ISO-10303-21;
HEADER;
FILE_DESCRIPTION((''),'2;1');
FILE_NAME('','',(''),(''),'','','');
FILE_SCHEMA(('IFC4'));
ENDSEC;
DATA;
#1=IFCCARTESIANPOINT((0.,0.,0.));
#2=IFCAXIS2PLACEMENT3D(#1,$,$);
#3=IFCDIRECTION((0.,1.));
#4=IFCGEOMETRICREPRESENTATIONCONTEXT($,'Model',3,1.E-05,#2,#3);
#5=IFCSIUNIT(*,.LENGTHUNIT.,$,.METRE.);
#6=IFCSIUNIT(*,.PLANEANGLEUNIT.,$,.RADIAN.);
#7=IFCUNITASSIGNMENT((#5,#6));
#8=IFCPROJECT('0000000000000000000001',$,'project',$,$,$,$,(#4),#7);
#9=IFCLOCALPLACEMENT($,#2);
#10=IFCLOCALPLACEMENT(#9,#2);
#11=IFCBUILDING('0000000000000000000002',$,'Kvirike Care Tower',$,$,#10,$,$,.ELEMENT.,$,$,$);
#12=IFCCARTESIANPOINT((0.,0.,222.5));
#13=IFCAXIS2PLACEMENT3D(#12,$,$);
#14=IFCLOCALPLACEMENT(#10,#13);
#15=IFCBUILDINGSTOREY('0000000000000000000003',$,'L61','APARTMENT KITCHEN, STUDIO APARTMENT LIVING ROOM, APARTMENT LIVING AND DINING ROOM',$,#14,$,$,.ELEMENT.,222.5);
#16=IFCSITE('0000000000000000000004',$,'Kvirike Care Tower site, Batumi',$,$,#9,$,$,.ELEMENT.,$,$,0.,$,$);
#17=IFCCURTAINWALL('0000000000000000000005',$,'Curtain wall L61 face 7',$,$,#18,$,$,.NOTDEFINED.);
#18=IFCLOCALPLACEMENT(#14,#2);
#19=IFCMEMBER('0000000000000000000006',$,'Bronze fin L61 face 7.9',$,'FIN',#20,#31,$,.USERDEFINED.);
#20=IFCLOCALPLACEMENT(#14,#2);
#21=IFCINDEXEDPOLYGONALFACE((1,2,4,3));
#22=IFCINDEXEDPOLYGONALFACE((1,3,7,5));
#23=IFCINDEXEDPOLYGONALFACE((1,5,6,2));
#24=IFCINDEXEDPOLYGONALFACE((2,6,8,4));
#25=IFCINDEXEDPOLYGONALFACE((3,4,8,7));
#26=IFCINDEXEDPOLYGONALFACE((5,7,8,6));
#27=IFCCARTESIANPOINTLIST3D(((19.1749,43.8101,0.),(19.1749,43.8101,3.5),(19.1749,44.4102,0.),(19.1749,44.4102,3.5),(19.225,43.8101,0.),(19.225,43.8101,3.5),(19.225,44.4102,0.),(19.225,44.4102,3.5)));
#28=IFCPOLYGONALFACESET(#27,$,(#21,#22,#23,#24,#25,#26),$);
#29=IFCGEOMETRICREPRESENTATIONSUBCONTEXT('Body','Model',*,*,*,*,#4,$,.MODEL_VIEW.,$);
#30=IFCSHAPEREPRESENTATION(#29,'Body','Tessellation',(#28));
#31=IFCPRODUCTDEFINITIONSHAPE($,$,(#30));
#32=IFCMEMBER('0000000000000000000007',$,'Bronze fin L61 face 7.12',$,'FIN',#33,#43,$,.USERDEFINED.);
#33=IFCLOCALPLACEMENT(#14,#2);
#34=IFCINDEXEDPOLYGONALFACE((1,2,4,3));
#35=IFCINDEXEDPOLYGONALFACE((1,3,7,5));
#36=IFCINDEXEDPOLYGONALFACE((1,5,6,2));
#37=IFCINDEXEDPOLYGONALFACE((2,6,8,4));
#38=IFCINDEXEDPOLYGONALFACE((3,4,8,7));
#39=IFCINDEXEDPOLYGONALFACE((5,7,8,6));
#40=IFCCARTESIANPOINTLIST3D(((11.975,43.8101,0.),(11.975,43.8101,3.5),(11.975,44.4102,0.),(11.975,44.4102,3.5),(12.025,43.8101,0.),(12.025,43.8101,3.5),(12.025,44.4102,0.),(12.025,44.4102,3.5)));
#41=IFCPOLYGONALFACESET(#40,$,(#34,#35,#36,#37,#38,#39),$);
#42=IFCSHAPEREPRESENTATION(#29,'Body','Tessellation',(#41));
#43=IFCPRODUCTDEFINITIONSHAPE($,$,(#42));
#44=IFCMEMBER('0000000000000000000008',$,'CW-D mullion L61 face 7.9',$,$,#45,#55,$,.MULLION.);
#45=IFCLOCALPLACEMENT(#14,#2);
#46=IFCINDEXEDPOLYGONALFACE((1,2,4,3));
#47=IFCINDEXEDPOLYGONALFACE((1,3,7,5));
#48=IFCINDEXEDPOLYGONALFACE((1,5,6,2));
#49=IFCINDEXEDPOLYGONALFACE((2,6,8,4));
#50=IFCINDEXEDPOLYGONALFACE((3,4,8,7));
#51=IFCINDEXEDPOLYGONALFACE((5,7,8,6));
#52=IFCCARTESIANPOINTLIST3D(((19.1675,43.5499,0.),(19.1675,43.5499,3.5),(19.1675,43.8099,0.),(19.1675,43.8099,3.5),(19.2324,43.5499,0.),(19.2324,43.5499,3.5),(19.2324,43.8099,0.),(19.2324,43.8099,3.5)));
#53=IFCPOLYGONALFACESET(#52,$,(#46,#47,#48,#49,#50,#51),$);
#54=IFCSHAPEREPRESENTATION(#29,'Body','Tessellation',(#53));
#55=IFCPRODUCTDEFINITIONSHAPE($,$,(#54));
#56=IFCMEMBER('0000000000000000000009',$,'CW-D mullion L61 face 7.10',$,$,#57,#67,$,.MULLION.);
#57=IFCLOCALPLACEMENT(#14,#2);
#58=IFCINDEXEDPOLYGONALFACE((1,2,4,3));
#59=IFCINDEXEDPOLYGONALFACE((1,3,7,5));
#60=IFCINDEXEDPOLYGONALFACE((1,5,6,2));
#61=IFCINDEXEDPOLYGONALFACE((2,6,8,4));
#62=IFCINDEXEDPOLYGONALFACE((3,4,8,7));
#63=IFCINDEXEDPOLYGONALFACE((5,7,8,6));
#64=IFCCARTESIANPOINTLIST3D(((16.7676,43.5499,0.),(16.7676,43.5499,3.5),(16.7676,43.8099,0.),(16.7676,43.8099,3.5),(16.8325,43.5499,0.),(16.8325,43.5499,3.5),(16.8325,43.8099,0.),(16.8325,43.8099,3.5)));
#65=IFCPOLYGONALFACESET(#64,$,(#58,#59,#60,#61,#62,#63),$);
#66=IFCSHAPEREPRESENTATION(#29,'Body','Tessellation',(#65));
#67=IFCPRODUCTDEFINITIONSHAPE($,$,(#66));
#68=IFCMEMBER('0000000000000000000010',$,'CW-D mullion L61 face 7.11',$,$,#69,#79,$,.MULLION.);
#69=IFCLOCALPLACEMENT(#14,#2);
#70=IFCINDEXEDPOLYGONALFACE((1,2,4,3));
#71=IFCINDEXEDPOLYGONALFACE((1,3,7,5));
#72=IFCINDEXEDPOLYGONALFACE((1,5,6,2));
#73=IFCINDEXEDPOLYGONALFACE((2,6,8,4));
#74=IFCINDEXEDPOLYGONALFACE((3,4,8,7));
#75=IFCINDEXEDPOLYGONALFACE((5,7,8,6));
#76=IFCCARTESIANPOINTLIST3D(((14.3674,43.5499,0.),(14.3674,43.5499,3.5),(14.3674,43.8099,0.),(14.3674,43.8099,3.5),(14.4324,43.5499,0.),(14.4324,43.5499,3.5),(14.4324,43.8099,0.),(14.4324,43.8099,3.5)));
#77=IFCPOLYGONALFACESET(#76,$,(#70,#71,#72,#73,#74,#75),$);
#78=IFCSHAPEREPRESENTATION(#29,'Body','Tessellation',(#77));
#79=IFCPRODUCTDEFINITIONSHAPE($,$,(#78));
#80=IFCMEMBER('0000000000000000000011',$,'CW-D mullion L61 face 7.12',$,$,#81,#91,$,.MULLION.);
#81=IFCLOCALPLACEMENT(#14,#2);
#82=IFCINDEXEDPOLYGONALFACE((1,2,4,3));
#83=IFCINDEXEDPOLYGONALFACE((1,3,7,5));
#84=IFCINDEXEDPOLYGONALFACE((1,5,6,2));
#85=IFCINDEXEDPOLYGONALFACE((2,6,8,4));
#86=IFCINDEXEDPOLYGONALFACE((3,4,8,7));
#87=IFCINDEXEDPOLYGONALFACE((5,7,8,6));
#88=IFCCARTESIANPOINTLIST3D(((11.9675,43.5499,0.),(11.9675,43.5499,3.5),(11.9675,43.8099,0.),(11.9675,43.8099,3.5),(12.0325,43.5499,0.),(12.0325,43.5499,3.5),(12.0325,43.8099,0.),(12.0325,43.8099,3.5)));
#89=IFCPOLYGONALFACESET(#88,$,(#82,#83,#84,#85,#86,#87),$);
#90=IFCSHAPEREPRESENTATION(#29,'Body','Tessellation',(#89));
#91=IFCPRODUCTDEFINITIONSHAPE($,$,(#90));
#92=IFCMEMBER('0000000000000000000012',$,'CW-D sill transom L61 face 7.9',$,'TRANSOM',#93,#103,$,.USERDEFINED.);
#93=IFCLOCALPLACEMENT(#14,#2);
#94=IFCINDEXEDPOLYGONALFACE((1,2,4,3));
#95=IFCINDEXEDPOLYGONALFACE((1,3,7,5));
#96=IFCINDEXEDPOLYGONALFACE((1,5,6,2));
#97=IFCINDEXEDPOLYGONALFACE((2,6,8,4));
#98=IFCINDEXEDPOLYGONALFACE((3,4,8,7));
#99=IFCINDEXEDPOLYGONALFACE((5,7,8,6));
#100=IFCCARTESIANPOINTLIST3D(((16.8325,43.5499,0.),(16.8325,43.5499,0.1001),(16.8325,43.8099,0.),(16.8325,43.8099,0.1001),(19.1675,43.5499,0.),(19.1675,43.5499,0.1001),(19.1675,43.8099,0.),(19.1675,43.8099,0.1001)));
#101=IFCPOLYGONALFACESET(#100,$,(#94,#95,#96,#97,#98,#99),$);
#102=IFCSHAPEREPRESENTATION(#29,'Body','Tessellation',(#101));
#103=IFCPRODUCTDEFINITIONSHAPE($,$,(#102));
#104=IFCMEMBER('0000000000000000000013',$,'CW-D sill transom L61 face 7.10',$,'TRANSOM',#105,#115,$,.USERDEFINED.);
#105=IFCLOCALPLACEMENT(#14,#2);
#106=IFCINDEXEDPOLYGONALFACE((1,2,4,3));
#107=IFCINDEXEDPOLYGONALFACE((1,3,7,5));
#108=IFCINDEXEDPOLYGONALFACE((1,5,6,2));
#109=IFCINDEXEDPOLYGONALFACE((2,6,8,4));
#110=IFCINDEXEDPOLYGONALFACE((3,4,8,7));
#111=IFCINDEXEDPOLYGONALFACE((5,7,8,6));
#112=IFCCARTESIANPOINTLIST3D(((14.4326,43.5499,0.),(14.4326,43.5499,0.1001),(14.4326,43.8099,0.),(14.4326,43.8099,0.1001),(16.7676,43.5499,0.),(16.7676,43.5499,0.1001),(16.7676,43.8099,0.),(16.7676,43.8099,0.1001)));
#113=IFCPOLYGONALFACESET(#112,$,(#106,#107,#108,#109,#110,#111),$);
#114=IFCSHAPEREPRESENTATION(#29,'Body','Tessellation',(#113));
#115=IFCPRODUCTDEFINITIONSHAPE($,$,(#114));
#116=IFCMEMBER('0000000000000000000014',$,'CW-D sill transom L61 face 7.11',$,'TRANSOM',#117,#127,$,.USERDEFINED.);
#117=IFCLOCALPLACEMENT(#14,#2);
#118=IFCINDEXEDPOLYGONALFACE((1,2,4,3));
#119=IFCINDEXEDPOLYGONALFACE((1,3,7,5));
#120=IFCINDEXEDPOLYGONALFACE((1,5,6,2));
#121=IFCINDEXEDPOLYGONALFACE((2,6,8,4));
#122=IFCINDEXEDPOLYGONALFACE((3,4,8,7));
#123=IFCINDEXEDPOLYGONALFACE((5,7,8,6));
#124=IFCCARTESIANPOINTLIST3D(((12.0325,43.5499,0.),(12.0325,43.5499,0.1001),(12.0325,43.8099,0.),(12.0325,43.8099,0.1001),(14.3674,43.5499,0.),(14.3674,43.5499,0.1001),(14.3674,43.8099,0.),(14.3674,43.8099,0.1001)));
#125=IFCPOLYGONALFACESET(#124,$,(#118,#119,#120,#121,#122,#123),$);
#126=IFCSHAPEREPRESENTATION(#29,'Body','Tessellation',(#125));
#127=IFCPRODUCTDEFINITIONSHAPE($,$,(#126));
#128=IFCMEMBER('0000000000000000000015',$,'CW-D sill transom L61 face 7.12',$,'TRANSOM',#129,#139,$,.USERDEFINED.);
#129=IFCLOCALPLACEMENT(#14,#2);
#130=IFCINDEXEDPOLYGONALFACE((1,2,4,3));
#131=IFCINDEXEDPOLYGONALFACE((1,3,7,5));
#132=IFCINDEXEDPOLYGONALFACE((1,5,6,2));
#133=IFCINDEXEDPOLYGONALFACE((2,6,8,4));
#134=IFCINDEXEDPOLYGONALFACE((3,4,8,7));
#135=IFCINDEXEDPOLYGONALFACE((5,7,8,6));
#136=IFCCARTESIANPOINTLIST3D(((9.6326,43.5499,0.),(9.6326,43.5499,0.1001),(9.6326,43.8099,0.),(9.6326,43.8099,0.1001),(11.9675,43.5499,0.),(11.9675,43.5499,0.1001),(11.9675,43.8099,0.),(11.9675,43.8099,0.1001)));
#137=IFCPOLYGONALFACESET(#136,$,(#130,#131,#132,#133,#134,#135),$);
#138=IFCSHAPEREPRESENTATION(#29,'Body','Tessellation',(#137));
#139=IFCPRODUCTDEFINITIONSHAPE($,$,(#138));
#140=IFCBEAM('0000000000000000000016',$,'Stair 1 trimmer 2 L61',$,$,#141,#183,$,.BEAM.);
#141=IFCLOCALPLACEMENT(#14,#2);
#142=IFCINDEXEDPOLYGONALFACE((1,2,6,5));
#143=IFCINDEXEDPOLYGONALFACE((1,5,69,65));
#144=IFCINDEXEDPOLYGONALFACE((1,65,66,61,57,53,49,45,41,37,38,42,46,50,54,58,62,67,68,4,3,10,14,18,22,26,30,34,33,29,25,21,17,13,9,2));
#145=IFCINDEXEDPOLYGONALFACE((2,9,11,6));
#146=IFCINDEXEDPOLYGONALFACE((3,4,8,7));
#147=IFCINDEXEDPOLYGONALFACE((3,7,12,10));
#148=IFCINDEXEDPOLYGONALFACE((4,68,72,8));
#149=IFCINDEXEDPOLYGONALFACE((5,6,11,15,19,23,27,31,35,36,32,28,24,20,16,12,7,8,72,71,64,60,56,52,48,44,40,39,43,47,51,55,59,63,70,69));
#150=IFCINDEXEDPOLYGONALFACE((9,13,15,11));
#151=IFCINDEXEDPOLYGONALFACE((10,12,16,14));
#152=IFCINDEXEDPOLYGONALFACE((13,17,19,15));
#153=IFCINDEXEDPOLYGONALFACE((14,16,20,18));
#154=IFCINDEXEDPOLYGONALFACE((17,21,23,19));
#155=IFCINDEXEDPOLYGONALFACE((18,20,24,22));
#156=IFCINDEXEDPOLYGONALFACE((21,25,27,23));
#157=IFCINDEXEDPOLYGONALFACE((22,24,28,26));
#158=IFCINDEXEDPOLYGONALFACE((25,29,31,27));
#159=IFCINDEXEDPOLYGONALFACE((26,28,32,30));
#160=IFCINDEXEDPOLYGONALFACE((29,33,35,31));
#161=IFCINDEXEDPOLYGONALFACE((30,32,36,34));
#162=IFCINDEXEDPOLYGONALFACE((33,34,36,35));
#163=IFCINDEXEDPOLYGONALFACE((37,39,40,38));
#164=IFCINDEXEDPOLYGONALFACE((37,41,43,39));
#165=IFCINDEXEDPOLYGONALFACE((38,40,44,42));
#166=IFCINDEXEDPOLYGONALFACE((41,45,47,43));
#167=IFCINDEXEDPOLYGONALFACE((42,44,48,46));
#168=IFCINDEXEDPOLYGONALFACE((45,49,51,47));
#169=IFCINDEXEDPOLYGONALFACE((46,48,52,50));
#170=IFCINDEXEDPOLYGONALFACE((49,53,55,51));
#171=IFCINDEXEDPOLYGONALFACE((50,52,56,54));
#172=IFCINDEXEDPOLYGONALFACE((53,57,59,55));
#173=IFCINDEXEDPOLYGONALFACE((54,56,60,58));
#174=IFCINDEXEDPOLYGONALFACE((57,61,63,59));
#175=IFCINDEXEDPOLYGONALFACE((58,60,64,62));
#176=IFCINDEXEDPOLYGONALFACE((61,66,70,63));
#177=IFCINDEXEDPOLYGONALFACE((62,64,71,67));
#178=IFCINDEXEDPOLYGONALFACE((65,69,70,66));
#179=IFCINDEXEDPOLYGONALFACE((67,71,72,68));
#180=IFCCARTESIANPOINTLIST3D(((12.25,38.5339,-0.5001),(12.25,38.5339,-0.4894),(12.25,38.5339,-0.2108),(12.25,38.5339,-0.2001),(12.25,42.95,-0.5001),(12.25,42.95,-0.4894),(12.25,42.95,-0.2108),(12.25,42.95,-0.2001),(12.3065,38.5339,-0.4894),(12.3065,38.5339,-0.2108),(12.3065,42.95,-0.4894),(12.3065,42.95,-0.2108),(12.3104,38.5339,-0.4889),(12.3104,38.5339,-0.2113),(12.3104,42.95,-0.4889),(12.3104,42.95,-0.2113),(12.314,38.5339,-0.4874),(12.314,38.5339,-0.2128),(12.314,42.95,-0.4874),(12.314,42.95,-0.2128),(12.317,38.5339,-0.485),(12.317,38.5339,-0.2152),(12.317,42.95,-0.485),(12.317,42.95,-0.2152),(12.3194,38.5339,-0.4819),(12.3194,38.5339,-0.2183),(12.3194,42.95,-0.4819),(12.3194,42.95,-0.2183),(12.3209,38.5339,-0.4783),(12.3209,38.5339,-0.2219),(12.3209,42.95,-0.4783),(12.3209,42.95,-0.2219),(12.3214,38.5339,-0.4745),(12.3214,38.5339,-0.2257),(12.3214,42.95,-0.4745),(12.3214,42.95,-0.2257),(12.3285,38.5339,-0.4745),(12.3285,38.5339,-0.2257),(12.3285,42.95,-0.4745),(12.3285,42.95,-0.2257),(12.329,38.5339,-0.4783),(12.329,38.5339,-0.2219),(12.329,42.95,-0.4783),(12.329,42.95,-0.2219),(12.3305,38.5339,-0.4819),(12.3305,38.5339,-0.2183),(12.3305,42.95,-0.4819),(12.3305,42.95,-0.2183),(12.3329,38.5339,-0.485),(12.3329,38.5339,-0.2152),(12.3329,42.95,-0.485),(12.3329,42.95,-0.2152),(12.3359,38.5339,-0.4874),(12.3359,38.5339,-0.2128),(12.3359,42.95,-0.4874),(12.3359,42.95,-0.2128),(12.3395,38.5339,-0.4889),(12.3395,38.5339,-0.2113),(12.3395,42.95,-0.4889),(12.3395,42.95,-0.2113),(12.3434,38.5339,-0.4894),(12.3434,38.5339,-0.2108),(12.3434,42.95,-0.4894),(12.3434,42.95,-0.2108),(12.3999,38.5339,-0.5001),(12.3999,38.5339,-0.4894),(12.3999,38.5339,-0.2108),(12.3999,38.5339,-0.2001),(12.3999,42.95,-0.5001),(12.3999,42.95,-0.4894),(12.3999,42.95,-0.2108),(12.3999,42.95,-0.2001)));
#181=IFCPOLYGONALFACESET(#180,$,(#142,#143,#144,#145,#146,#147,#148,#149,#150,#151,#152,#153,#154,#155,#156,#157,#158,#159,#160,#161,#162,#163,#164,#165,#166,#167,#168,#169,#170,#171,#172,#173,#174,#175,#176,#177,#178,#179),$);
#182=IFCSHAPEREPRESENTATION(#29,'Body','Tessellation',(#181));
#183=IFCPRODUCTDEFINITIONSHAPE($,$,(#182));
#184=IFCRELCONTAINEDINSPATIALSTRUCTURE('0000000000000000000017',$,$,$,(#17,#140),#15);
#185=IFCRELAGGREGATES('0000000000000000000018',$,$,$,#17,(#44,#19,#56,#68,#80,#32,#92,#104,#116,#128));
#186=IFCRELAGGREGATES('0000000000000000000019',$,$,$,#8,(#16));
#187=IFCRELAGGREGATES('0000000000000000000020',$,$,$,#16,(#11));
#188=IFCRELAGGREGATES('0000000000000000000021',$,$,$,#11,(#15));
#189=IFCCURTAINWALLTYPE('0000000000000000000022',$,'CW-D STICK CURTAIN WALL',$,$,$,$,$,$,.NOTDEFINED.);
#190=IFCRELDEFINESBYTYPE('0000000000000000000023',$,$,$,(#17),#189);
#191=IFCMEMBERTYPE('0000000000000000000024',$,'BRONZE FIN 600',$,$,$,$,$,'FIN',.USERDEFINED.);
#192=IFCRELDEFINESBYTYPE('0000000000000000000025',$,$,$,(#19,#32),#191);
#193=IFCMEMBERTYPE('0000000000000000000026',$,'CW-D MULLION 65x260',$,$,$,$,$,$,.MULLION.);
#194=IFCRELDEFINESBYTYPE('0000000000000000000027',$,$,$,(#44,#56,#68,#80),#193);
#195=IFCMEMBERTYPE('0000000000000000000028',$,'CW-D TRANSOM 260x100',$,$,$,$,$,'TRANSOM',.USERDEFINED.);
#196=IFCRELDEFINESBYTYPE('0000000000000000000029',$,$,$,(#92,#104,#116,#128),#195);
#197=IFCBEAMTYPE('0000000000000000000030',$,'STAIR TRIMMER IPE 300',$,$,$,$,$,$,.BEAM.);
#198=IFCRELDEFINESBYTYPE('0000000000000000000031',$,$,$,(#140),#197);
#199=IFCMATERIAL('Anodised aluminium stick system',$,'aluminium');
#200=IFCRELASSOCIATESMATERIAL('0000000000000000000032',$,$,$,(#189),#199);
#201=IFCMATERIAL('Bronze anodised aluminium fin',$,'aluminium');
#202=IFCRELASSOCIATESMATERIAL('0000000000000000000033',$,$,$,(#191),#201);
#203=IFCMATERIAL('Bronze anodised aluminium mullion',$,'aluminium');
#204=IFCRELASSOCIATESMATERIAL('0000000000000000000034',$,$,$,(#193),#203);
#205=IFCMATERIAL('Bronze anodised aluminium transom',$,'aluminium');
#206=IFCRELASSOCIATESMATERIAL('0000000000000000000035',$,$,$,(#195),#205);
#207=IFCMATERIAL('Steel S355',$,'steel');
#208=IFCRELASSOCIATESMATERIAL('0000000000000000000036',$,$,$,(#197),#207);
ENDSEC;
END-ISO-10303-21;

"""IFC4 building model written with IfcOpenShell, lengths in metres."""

from ifc_helpers import new_model, si_unit, direction, frame, origin, origin_2d, place, context, subcontext, project, spatial, rectangle, i_section, extrude, material, material_profile, profile_set, type_object, element, aggregate, save


model = new_model("IFC4")

# Units and contexts
model_context = context("Model", 3, precision=1e-05, world=origin(), true_north=direction((0.0, 1.0)))
body_context = subcontext(model_context, "Body", "Model", "MODEL_VIEW")
ifc_project = project(units=[si_unit("LENGTHUNIT", "METRE"), si_unit("PLANEANGLEUNIT", "RADIAN")], contexts=[model_context])

# Site, building, storey
site_placement = place(None, origin())
site = spatial("IfcSite", under=ifc_project, at=site_placement, Name="Kvirike Care Tower site, Batumi", CompositionType="ELEMENT", RefElevation=0.0)
building_placement = place(site_placement, origin())
building = spatial("IfcBuilding", under=site, at=building_placement, Name="Kvirike Care Tower", CompositionType="ELEMENT")
storey_placement = place(building_placement, frame((0.0, 0.0, 222.5)))
storey = spatial("IfcBuildingStorey", under=building, at=storey_placement, Name="L61", Description="APARTMENT KITCHEN, STUDIO APARTMENT LIVING ROOM, APARTMENT LIVING AND DINING ROOM", CompositionType="ELEMENT", Elevation=222.5)

# Curtain wall, members
ifc_material_1 = material(Name="Anodised aluminium stick system", Category="aluminium")
curtain_wall_type = type_object("IfcCurtainWallType", Name="CW-D STICK CURTAIN WALL", PredefinedType="NOTDEFINED", material=ifc_material_1)
curtain_wall_placement = place(storey_placement, origin())
curtain_wall = element("IfcCurtainWall", 1, at=curtain_wall_placement, inside=storey, type_object=curtain_wall_type, Name="Curtain wall L61 face 7", PredefinedType="NOTDEFINED")
ifc_material_2 = material(Name="Bronze anodised aluminium fin", Category="aluminium")
ifc_material_profile_1 = material_profile(ifc_material_2, rectangle(XDim=0.05, YDim=0.6001, at=origin_2d()), Name="BRONZE FIN 600")
ifc_profile_set_1 = profile_set([ifc_material_profile_1], Name="Bronze anodised aluminium fin")
member_type_1 = type_object("IfcMemberType", Name="BRONZE FIN 600", ElementType="FIN", PredefinedType="USERDEFINED", material=ifc_profile_set_1)
member_1_placement = place(storey_placement, frame((19.2, 44.1101, 0.0), z_axis=(0.0, 0.0, 1.0), x_axis=(-1.0, 0.0, 0.0)))
member_1 = element("IfcMember", 2, at=member_1_placement, type_object=member_type_1, Name="Bronze fin L61 face 7.9", ObjectType="FIN", PredefinedType="USERDEFINED", context=body_context, shape_type="SweptSolid", body=[
    extrude(rectangle(XDim=0.05, YDim=0.6001, at=origin_2d()), origin(), (0.0, 0.0, 1.0), 3.5),
])
member_2_placement = place(storey_placement, frame((12.0, 44.1101, 0.0), z_axis=(0.0, 0.0, 1.0), x_axis=(-1.0, 0.0, 0.0)))
member_2 = element("IfcMember", 3, at=member_2_placement, type_object=member_type_1, Name="Bronze fin L61 face 7.12", ObjectType="FIN", PredefinedType="USERDEFINED", context=body_context, shape_type="SweptSolid", body=[
    extrude(rectangle(XDim=0.05, YDim=0.6001, at=origin_2d()), origin(), (0.0, 0.0, 1.0), 3.5),
])
ifc_material_3 = material(Name="Bronze anodised aluminium mullion", Category="aluminium")
ifc_material_profile_2 = material_profile(ifc_material_3, rectangle(XDim=0.0649, YDim=0.26, at=origin_2d()), Name="CW-D MULLION 65x260")
ifc_profile_set_2 = profile_set([ifc_material_profile_2], Name="Bronze anodised aluminium mullion")
member_type_2 = type_object("IfcMemberType", Name="CW-D MULLION 65x260", PredefinedType="MULLION", material=ifc_profile_set_2)
member_3_placement = place(storey_placement, frame((19.2, 43.6799, 0.0), z_axis=(0.0, 0.0, 1.0), x_axis=(-1.0, 0.0, 0.0)))
member_3 = element("IfcMember", 4, at=member_3_placement, type_object=member_type_2, Name="CW-D mullion L61 face 7.9", PredefinedType="MULLION", context=body_context, shape_type="SweptSolid", body=[
    extrude(rectangle(XDim=0.0649, YDim=0.26, at=origin_2d()), origin(), (0.0, 0.0, 1.0), 3.5),
])
member_4_placement = place(storey_placement, frame((16.8, 43.6799, 0.0), z_axis=(0.0, 0.0, 1.0), x_axis=(-1.0, 0.0, 0.0)))
member_4 = element("IfcMember", 5, at=member_4_placement, type_object=member_type_2, Name="CW-D mullion L61 face 7.10", PredefinedType="MULLION", context=body_context, shape_type="SweptSolid", body=[
    extrude(rectangle(XDim=0.0649, YDim=0.26, at=origin_2d()), origin(), (0.0, 0.0, 1.0), 3.5),
])
member_5_placement = place(storey_placement, frame((14.3999, 43.6799, 0.0), z_axis=(0.0, 0.0, 1.0), x_axis=(-1.0, 0.0, 0.0)))
member_5 = element("IfcMember", 6, at=member_5_placement, type_object=member_type_2, Name="CW-D mullion L61 face 7.11", PredefinedType="MULLION", context=body_context, shape_type="SweptSolid", body=[
    extrude(rectangle(XDim=0.0649, YDim=0.26, at=origin_2d()), origin(), (0.0, 0.0, 1.0), 3.5),
])
member_6_placement = place(storey_placement, frame((12.0, 43.6799, 0.0), z_axis=(0.0, 0.0, 1.0), x_axis=(-1.0, 0.0, 0.0)))
member_6 = element("IfcMember", 7, at=member_6_placement, type_object=member_type_2, Name="CW-D mullion L61 face 7.12", PredefinedType="MULLION", context=body_context, shape_type="SweptSolid", body=[
    extrude(rectangle(XDim=0.0649, YDim=0.26, at=origin_2d()), origin(), (0.0, 0.0, 1.0), 3.5),
])
ifc_material_4 = material(Name="Bronze anodised aluminium transom", Category="aluminium")
ifc_material_profile_3 = material_profile(ifc_material_4, rectangle(XDim=0.26, YDim=0.1001, at=origin_2d()), Name="CW-D TRANSOM 260x100")
ifc_profile_set_3 = profile_set([ifc_material_profile_3], Name="Bronze anodised aluminium transom")
member_type_3 = type_object("IfcMemberType", Name="CW-D TRANSOM 260x100", ElementType="TRANSOM", PredefinedType="USERDEFINED", material=ifc_profile_set_3)
member_7_placement = place(storey_placement, frame((19.1675, 43.6799, 0.05), z_axis=(-1.0, 0.0, 0.0), x_axis=(0.0, -1.0, 0.0)))
member_7 = element("IfcMember", 8, at=member_7_placement, type_object=member_type_3, Name="CW-D sill transom L61 face 7.9", ObjectType="TRANSOM", PredefinedType="USERDEFINED", context=body_context, shape_type="SweptSolid", body=[
    extrude(rectangle(XDim=0.26, YDim=0.1001, at=origin_2d()), origin(), (0.0, 0.0, 1.0), 2.335),
])
member_8_placement = place(storey_placement, frame((16.7676, 43.6799, 0.05), z_axis=(-1.0, 0.0, 0.0), x_axis=(0.0, -1.0, 0.0)))
member_8 = element("IfcMember", 9, at=member_8_placement, type_object=member_type_3, Name="CW-D sill transom L61 face 7.10", ObjectType="TRANSOM", PredefinedType="USERDEFINED", context=body_context, shape_type="SweptSolid", body=[
    extrude(rectangle(XDim=0.26, YDim=0.1001, at=origin_2d()), origin(), (0.0, 0.0, 1.0), 2.335),
])
member_9_placement = place(storey_placement, frame((14.3674, 43.6799, 0.05), z_axis=(-1.0, 0.0, 0.0), x_axis=(0.0, -1.0, 0.0)))
member_9 = element("IfcMember", 10, at=member_9_placement, type_object=member_type_3, Name="CW-D sill transom L61 face 7.11", ObjectType="TRANSOM", PredefinedType="USERDEFINED", context=body_context, shape_type="SweptSolid", body=[
    extrude(rectangle(XDim=0.26, YDim=0.1001, at=origin_2d()), origin(), (0.0, 0.0, 1.0), 2.335),
])
member_10_placement = place(storey_placement, frame((11.9675, 43.6799, 0.05), z_axis=(-1.0, 0.0, 0.0), x_axis=(0.0, -1.0, 0.0)))
member_10 = element("IfcMember", 11, at=member_10_placement, type_object=member_type_3, Name="CW-D sill transom L61 face 7.12", ObjectType="TRANSOM", PredefinedType="USERDEFINED", context=body_context, shape_type="SweptSolid", body=[
    extrude(rectangle(XDim=0.26, YDim=0.1001, at=origin_2d()), origin(), (0.0, 0.0, 1.0), 2.335),
])

# Beam
ifc_material_5 = material(Name="Steel S355", Category="steel")
ifc_material_profile_4 = material_profile(ifc_material_5, i_section(OverallWidth=0.1499, OverallDepth=0.3, WebThickness=0.0071, FlangeThickness=0.0107, FilletRadius=0.0149, at=origin_2d()), Name="IPE 300")
ifc_profile_set_4 = profile_set([ifc_material_profile_4], Name="Steel S355")
beam_type = type_object("IfcBeamType", Name="STAIR TRIMMER IPE 300", PredefinedType="BEAM", material=ifc_profile_set_4)
beam_placement = place(storey_placement, frame((12.325, 42.95, -0.3501), z_axis=(0.0, -1.0, 0.0), x_axis=(1.0, 0.0, 0.0)))
element("IfcBeam", 12, at=beam_placement, inside=storey, type_object=beam_type, Name="Stair 1 trimmer 2 L61", PredefinedType="BEAM", context=body_context, shape_type="SweptSolid", body=[
    extrude(i_section(OverallWidth=0.1499, OverallDepth=0.3, WebThickness=0.0071, FlangeThickness=0.0107, FilletRadius=0.0149, at=origin_2d()), origin(), (0.0, 0.0, 1.0), 4.416),
])

aggregate(curtain_wall, [member_3, member_1, member_4, member_5, member_6, member_2, member_7, member_8, member_9, member_10])

save(model, "model.ifc")
